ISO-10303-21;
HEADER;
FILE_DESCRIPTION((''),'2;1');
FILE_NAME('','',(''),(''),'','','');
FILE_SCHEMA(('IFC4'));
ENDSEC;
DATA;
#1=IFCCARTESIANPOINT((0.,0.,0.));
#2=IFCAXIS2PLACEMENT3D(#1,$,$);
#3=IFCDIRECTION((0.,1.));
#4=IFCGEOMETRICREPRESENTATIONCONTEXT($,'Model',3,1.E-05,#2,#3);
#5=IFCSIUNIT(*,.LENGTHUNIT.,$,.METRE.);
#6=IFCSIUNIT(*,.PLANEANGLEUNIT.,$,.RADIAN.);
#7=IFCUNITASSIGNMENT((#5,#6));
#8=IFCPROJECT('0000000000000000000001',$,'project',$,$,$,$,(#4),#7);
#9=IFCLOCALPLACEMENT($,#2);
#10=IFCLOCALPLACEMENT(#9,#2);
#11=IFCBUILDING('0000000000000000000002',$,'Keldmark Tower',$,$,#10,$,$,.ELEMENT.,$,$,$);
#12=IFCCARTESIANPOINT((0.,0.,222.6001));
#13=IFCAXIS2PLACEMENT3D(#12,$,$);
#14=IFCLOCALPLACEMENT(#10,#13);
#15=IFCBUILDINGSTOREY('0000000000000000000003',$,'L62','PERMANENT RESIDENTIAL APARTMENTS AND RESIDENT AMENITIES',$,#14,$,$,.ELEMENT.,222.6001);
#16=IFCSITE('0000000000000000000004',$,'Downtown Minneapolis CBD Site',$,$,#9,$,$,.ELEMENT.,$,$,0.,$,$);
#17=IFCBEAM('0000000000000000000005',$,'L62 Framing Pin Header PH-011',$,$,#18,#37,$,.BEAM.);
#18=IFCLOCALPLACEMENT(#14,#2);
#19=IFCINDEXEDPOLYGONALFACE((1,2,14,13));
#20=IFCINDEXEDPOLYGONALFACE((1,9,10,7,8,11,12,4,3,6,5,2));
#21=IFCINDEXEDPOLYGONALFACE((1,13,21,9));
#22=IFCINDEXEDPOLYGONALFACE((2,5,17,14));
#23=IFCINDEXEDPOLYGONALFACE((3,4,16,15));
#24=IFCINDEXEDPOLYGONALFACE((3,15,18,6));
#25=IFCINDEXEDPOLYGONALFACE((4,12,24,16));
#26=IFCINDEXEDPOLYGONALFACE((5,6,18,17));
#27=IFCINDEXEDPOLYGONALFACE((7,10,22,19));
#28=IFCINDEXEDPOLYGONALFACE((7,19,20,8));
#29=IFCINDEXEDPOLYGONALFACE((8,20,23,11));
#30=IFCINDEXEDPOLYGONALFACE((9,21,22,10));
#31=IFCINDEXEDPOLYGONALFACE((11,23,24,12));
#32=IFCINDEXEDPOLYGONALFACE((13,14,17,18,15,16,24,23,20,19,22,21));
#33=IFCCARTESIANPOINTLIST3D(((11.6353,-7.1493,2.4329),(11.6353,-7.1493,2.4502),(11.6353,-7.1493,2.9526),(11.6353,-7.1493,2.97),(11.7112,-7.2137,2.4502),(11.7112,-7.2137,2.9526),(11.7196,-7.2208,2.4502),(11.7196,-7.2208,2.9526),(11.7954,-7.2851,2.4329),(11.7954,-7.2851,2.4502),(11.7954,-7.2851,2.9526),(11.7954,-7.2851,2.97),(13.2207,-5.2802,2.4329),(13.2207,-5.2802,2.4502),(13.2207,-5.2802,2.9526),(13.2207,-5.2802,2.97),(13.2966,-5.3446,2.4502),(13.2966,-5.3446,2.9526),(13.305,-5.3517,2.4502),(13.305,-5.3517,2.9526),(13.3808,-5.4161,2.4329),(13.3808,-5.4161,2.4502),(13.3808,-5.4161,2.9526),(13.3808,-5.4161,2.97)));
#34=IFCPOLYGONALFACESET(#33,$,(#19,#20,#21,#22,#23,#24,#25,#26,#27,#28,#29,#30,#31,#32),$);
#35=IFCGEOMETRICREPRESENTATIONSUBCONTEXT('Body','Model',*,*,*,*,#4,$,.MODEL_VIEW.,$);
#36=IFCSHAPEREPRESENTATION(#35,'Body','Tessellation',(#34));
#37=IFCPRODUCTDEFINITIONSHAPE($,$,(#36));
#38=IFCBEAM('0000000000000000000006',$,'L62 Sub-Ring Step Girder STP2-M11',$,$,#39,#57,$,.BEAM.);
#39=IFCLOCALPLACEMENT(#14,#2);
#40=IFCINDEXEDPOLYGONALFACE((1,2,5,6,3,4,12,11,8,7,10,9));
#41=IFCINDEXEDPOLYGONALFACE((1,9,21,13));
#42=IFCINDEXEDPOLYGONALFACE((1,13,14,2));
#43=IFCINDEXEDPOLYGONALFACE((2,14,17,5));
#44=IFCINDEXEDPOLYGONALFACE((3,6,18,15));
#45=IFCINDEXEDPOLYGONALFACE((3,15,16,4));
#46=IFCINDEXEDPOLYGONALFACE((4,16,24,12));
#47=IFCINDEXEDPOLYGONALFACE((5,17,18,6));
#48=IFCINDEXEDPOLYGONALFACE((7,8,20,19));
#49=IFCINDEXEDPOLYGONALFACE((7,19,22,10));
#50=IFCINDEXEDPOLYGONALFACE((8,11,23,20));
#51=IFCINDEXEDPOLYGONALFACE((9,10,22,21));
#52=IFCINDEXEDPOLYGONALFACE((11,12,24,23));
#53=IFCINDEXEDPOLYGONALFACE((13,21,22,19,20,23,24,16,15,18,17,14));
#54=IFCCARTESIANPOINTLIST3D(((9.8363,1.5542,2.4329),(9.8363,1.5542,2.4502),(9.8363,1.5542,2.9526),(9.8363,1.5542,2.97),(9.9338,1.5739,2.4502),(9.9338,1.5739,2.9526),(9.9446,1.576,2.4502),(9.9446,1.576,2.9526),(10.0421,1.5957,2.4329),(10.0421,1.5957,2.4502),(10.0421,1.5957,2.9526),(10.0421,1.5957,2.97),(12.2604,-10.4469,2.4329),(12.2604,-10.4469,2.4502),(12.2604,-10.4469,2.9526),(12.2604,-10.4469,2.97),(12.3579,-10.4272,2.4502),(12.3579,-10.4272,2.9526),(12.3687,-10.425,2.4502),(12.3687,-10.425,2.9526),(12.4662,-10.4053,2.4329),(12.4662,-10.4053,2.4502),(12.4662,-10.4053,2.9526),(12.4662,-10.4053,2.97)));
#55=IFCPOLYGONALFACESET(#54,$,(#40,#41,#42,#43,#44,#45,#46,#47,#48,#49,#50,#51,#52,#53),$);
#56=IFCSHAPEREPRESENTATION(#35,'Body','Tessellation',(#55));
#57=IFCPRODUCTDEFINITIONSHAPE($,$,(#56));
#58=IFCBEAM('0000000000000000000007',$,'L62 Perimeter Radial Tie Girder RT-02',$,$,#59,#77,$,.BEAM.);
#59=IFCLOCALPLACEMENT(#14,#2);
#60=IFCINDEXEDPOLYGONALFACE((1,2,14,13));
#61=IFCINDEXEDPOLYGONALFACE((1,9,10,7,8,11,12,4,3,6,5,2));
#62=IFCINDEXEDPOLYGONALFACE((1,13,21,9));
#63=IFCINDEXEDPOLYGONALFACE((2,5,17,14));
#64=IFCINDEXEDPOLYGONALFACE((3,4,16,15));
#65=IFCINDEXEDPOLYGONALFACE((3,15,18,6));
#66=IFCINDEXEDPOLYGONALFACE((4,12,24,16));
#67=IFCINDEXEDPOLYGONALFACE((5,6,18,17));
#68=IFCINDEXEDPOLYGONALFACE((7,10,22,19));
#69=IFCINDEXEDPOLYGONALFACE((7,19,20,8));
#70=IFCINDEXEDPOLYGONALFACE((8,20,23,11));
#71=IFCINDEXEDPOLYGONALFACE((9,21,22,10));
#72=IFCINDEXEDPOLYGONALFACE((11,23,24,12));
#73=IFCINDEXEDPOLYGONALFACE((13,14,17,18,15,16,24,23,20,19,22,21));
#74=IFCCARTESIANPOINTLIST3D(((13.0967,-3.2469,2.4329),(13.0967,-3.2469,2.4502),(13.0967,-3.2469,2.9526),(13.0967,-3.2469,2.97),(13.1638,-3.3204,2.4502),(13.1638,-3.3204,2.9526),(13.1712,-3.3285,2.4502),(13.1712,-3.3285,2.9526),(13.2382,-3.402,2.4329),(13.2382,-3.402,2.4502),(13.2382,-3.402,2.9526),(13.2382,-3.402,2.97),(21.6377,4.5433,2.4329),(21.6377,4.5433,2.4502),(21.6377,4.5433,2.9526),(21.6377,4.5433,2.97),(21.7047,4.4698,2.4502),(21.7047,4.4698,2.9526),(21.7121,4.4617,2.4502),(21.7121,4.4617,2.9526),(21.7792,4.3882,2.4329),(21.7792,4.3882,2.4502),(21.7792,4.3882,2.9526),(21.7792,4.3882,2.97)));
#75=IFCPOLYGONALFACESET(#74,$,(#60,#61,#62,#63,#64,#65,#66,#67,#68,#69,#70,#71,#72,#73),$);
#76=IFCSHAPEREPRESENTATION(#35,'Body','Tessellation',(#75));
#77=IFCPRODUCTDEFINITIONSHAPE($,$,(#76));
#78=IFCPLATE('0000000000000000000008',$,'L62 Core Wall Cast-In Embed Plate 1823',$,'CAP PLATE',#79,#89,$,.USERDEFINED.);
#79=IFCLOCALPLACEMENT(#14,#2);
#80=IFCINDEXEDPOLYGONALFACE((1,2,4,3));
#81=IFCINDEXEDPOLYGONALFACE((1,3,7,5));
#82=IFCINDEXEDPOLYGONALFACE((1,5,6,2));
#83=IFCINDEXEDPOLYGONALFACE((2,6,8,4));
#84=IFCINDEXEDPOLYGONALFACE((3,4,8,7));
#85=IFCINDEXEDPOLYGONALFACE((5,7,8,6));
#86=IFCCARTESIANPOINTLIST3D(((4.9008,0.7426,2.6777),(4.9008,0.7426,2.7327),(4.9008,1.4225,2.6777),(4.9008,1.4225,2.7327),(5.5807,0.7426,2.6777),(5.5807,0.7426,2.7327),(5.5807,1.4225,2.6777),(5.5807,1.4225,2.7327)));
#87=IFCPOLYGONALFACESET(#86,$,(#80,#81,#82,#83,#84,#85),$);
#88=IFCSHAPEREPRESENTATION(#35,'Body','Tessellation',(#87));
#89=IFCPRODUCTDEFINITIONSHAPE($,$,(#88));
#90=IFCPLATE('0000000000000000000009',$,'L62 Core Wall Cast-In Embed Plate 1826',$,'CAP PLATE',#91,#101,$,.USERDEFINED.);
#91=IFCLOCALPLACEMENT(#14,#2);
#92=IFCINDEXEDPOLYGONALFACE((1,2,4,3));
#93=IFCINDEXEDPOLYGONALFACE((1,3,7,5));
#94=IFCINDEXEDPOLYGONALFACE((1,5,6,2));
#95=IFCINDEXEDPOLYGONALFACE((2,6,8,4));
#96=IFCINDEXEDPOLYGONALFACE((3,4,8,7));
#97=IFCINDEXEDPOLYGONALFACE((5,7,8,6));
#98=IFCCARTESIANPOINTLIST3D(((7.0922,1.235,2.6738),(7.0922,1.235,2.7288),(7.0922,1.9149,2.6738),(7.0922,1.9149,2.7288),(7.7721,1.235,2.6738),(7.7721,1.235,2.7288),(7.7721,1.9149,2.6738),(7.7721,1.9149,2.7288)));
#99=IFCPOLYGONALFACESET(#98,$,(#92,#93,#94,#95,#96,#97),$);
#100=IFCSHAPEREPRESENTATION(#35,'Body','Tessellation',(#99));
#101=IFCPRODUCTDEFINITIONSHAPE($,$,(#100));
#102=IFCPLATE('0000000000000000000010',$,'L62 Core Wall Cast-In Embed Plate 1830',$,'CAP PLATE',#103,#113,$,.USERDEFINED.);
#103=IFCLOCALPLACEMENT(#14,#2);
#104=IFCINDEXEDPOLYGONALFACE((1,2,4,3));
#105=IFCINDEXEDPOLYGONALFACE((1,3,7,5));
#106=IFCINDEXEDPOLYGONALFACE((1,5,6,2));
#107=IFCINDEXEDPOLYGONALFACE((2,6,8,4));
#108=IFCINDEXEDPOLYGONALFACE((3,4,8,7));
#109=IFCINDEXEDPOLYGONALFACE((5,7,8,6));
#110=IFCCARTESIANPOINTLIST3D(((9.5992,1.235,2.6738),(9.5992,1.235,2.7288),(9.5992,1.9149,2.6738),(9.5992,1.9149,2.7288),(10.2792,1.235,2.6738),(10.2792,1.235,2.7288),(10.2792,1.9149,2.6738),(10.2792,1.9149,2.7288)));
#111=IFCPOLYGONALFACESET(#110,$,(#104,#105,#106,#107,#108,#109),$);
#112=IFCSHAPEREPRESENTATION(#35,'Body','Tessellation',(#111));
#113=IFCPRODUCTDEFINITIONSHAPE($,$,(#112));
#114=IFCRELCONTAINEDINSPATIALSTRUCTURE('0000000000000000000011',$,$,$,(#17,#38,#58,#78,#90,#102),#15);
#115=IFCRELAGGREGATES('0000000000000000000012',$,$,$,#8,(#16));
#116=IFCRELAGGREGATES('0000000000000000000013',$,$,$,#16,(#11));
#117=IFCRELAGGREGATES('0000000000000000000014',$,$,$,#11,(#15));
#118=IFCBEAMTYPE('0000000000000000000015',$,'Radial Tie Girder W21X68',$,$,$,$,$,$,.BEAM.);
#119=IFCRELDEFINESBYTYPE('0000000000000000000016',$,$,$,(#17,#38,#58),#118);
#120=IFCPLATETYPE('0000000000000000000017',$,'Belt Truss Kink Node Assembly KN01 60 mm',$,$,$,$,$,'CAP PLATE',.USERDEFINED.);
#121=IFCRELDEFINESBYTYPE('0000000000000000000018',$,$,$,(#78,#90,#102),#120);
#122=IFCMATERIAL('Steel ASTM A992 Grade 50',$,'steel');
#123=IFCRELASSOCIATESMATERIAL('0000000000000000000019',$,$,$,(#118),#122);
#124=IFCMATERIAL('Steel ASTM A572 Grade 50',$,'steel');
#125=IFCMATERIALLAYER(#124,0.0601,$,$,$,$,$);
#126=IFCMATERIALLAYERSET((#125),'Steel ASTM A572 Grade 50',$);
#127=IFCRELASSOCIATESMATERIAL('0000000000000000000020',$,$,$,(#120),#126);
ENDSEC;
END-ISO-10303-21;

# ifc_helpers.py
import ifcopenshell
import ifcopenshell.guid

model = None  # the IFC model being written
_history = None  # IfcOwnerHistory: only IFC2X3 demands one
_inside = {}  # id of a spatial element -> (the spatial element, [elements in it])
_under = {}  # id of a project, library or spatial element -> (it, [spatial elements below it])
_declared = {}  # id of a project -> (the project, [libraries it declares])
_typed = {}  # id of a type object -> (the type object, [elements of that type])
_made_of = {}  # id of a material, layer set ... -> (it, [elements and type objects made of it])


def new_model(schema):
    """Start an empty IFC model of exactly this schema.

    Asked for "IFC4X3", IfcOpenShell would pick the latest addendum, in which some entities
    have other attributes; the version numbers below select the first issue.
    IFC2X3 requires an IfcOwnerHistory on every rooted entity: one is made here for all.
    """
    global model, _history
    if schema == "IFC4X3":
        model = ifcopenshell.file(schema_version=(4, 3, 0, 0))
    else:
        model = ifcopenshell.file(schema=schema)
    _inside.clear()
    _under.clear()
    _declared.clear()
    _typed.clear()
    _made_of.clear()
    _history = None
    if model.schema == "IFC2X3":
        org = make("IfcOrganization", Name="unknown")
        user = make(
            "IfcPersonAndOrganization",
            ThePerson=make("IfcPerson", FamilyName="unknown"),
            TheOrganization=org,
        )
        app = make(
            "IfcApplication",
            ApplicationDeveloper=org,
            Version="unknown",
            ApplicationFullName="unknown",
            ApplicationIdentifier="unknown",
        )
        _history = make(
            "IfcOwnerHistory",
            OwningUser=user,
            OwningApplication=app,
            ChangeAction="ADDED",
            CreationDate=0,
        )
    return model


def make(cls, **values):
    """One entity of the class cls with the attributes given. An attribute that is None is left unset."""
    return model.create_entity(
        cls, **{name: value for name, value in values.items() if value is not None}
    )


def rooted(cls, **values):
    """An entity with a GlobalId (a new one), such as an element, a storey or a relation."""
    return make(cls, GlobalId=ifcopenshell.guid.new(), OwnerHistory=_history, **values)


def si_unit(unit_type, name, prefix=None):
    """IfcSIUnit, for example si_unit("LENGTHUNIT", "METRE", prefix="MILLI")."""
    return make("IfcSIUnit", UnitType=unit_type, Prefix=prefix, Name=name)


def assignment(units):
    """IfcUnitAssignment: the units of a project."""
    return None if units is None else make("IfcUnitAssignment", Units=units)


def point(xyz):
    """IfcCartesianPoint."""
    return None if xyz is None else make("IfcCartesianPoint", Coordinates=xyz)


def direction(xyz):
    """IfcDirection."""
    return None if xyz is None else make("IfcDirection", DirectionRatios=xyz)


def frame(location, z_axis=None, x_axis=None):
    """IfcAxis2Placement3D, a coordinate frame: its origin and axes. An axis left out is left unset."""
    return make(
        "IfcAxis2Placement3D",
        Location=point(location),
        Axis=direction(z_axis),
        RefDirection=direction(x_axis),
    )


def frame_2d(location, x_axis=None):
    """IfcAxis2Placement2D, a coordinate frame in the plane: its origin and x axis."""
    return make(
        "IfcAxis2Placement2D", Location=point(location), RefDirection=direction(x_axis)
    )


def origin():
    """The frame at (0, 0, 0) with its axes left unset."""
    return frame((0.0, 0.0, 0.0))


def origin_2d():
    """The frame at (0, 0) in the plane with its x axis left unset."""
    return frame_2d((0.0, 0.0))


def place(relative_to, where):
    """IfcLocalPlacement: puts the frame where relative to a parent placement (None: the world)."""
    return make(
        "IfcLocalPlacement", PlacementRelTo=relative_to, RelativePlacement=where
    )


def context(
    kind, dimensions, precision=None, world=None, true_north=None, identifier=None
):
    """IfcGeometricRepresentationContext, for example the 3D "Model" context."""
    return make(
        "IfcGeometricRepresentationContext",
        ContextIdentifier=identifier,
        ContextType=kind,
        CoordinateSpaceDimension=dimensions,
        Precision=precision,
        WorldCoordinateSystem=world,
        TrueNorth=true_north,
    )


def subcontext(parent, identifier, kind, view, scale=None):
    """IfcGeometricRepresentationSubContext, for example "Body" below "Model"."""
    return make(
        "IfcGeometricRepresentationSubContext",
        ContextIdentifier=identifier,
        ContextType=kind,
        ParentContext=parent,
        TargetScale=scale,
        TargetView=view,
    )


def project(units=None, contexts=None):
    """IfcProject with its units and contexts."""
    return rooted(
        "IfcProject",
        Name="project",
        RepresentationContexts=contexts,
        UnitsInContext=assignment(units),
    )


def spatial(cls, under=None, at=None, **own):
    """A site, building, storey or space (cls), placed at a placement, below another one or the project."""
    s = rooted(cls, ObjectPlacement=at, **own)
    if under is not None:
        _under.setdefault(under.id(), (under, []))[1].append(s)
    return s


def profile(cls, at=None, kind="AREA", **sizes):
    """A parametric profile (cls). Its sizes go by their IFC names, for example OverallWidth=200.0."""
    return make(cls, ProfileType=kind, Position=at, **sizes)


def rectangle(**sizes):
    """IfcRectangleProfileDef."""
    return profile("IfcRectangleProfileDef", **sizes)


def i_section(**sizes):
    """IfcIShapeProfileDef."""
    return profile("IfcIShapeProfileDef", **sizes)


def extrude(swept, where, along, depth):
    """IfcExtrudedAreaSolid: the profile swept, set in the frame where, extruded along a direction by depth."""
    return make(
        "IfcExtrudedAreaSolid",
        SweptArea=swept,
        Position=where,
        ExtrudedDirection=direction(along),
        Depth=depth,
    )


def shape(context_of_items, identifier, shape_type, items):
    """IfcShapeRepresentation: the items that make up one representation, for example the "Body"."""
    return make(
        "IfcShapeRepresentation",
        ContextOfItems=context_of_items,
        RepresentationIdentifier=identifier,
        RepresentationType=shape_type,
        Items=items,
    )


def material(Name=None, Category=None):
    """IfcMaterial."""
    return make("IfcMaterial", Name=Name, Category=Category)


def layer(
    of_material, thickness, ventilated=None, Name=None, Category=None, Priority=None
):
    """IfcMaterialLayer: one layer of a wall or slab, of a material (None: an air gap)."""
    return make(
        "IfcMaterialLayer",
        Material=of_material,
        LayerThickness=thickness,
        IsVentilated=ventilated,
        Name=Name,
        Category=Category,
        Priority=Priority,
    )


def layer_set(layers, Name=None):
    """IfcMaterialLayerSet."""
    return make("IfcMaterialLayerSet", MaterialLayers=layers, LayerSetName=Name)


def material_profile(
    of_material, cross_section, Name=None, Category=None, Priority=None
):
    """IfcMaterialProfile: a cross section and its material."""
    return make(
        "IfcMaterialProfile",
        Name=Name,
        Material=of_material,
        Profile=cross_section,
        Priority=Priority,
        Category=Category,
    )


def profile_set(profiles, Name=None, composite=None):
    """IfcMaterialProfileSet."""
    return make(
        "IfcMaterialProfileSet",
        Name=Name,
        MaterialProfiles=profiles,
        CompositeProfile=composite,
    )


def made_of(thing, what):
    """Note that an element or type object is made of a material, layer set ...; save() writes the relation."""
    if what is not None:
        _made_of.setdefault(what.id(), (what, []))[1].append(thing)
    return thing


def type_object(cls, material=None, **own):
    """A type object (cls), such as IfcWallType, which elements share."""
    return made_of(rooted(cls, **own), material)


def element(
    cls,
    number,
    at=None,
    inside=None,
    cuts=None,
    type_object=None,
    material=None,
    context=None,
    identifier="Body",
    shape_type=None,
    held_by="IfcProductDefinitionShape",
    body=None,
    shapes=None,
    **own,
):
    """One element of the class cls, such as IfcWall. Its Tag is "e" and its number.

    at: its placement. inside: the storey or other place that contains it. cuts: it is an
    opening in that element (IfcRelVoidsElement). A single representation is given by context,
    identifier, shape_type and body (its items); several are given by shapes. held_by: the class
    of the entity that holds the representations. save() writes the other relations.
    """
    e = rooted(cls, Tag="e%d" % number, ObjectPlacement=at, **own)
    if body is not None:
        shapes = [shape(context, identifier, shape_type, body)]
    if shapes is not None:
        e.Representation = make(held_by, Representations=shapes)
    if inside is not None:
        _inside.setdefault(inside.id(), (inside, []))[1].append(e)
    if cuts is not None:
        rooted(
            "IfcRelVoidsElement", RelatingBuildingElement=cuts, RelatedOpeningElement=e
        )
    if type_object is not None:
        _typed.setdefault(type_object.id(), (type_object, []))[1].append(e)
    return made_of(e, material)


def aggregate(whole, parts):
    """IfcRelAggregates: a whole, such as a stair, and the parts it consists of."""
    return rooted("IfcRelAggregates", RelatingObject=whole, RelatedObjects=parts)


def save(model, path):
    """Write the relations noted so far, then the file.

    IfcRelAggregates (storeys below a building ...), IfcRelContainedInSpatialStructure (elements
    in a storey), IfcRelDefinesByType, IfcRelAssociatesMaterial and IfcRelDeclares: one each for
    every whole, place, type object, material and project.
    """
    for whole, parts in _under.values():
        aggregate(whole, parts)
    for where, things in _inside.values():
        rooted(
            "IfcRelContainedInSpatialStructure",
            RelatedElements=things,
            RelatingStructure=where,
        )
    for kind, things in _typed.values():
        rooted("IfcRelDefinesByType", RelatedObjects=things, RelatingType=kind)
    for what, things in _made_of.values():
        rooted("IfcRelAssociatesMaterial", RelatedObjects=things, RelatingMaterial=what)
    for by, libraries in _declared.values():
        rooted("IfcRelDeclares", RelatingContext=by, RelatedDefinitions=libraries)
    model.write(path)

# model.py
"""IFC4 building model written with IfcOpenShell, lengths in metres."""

from ifc_helpers import new_model, si_unit, direction, frame, origin, origin_2d, place, context, subcontext, project, spatial, rectangle, i_section, extrude, material, layer, layer_set, material_profile, profile_set, type_object, element, save


model = new_model("IFC4")

# Units and contexts
model_context = context("Model", 3, precision=1e-05, world=origin(), true_north=direction((0.0, 1.0)))
body_context = subcontext(model_context, "Body", "Model", "MODEL_VIEW")
ifc_project = project(units=[si_unit("LENGTHUNIT", "METRE"), si_unit("PLANEANGLEUNIT", "RADIAN")], contexts=[model_context])

# Site, building, storey
site_placement = place(None, origin())
site = spatial("IfcSite", under=ifc_project, at=site_placement, Name="Downtown Minneapolis CBD Site", CompositionType="ELEMENT", RefElevation=0.0)
building_placement = place(site_placement, origin())
building = spatial("IfcBuilding", under=site, at=building_placement, Name="Keldmark Tower", CompositionType="ELEMENT")
storey_placement = place(building_placement, frame((0.0, 0.0, 222.6001)))
storey = spatial("IfcBuildingStorey", under=building, at=storey_placement, Name="L62", Description="PERMANENT RESIDENTIAL APARTMENTS AND RESIDENT AMENITIES", CompositionType="ELEMENT", Elevation=222.6001)

# Beams
ifc_material_1 = material(Name="Steel ASTM A992 Grade 50", Category="steel")
ifc_material_profile_1 = material_profile(ifc_material_1, i_section(OverallWidth=0.21, OverallDepth=0.5371, WebThickness=0.011, FlangeThickness=0.0173, at=origin_2d()), Name="W21X68")
ifc_profile_set_1 = profile_set([ifc_material_profile_1], Name="Steel ASTM A992 Grade 50")
beam_type_1 = type_object("IfcBeamType", Name="Radial Tie Girder W21X68", PredefinedType="BEAM", material=ifc_profile_set_1)
beam_1_placement = place(storey_placement, frame((13.3008, -5.3481, 2.7014), z_axis=(-0.646862, -0.762607, 0.0), x_axis=(0.762607, -0.646862, 0.0)))
element("IfcBeam", 1, at=beam_1_placement, inside=storey, type_object=beam_type_1, Name="L62 Framing Pin Header PH-011", PredefinedType="BEAM", context=body_context, shape_type="SweptSolid", body=[
    extrude(i_section(OverallWidth=0.21, OverallDepth=0.5371, WebThickness=0.011, FlangeThickness=0.0173, at=origin_2d()), origin(), (0.0, 0.0, 1.0), 2.4509),
])
beam_2_placement = place(storey_placement, frame((9.9392, 1.575, 2.7014), z_axis=(0.197991, -0.980204, 0.0), x_axis=(0.980204, 0.197991, 0.0)))
element("IfcBeam", 2, at=beam_2_placement, inside=storey, type_object=beam_type_1, Name="L62 Sub-Ring Step Girder STP2-M11", PredefinedType="BEAM", context=body_context, shape_type="SweptSolid", body=[
    extrude(i_section(OverallWidth=0.21, OverallDepth=0.5371, WebThickness=0.011, FlangeThickness=0.0173, at=origin_2d()), origin(), (0.0, 0.0, 1.0), 12.2434),
])
beam_3_placement = place(storey_placement, frame((13.1675, -3.3245, 2.7014), z_axis=(0.738832, 0.67389, 0.0), x_axis=(-0.67389, 0.738832, 0.0)))
element("IfcBeam", 3, at=beam_3_placement, inside=storey, type_object=beam_type_1, Name="L62 Perimeter Radial Tie Girder RT-02", PredefinedType="BEAM", context=body_context, shape_type="SweptSolid", body=[
    extrude(i_section(OverallWidth=0.21, OverallDepth=0.5371, WebThickness=0.011, FlangeThickness=0.0173, at=origin_2d()), origin(), (0.0, 0.0, 1.0), 11.5601),
])

# Plates
ifc_material_2 = material(Name="Steel ASTM A572 Grade 50", Category="steel")
ifc_layer_1 = layer(ifc_material_2, 0.0601)
ifc_layer_set_1 = layer_set([ifc_layer_1], Name="Steel ASTM A572 Grade 50")
plate_type = type_object("IfcPlateType", Name="Belt Truss Kink Node Assembly KN01 60 mm", ElementType="CAP PLATE", PredefinedType="USERDEFINED", material=ifc_layer_set_1)
for number, where, z_axis, x_axis, name in (
    (4, (5.2407, 1.0825, 2.6777), (0.0, 0.0, 1.0), (1.0, 0.0, 0.0), "L62 Core Wall Cast-In Embed Plate 1823"),
    (5, (7.4321, 1.575, 2.6738), (0.0, 0.0, 1.0), (1.0, 0.0, 0.0), "L62 Core Wall Cast-In Embed Plate 1826"),
    (6, (9.9392, 1.575, 2.6738), (0.0, 0.0, 1.0), (1.0, 0.0, 0.0), "L62 Core Wall Cast-In Embed Plate 1830"),
):
    element("IfcPlate", number, at=place(storey_placement, frame(where, z_axis=z_axis, x_axis=x_axis)), inside=storey, type_object=plate_type, Name=name, ObjectType="CAP PLATE", PredefinedType="USERDEFINED", context=body_context, shape_type="SweptSolid", body=[
        extrude(rectangle(XDim=0.6799, YDim=0.6799, at=origin_2d()), origin(), (0.0, 0.0, 1.0), 0.0549),
    ])

save(model, "model.ifc")
